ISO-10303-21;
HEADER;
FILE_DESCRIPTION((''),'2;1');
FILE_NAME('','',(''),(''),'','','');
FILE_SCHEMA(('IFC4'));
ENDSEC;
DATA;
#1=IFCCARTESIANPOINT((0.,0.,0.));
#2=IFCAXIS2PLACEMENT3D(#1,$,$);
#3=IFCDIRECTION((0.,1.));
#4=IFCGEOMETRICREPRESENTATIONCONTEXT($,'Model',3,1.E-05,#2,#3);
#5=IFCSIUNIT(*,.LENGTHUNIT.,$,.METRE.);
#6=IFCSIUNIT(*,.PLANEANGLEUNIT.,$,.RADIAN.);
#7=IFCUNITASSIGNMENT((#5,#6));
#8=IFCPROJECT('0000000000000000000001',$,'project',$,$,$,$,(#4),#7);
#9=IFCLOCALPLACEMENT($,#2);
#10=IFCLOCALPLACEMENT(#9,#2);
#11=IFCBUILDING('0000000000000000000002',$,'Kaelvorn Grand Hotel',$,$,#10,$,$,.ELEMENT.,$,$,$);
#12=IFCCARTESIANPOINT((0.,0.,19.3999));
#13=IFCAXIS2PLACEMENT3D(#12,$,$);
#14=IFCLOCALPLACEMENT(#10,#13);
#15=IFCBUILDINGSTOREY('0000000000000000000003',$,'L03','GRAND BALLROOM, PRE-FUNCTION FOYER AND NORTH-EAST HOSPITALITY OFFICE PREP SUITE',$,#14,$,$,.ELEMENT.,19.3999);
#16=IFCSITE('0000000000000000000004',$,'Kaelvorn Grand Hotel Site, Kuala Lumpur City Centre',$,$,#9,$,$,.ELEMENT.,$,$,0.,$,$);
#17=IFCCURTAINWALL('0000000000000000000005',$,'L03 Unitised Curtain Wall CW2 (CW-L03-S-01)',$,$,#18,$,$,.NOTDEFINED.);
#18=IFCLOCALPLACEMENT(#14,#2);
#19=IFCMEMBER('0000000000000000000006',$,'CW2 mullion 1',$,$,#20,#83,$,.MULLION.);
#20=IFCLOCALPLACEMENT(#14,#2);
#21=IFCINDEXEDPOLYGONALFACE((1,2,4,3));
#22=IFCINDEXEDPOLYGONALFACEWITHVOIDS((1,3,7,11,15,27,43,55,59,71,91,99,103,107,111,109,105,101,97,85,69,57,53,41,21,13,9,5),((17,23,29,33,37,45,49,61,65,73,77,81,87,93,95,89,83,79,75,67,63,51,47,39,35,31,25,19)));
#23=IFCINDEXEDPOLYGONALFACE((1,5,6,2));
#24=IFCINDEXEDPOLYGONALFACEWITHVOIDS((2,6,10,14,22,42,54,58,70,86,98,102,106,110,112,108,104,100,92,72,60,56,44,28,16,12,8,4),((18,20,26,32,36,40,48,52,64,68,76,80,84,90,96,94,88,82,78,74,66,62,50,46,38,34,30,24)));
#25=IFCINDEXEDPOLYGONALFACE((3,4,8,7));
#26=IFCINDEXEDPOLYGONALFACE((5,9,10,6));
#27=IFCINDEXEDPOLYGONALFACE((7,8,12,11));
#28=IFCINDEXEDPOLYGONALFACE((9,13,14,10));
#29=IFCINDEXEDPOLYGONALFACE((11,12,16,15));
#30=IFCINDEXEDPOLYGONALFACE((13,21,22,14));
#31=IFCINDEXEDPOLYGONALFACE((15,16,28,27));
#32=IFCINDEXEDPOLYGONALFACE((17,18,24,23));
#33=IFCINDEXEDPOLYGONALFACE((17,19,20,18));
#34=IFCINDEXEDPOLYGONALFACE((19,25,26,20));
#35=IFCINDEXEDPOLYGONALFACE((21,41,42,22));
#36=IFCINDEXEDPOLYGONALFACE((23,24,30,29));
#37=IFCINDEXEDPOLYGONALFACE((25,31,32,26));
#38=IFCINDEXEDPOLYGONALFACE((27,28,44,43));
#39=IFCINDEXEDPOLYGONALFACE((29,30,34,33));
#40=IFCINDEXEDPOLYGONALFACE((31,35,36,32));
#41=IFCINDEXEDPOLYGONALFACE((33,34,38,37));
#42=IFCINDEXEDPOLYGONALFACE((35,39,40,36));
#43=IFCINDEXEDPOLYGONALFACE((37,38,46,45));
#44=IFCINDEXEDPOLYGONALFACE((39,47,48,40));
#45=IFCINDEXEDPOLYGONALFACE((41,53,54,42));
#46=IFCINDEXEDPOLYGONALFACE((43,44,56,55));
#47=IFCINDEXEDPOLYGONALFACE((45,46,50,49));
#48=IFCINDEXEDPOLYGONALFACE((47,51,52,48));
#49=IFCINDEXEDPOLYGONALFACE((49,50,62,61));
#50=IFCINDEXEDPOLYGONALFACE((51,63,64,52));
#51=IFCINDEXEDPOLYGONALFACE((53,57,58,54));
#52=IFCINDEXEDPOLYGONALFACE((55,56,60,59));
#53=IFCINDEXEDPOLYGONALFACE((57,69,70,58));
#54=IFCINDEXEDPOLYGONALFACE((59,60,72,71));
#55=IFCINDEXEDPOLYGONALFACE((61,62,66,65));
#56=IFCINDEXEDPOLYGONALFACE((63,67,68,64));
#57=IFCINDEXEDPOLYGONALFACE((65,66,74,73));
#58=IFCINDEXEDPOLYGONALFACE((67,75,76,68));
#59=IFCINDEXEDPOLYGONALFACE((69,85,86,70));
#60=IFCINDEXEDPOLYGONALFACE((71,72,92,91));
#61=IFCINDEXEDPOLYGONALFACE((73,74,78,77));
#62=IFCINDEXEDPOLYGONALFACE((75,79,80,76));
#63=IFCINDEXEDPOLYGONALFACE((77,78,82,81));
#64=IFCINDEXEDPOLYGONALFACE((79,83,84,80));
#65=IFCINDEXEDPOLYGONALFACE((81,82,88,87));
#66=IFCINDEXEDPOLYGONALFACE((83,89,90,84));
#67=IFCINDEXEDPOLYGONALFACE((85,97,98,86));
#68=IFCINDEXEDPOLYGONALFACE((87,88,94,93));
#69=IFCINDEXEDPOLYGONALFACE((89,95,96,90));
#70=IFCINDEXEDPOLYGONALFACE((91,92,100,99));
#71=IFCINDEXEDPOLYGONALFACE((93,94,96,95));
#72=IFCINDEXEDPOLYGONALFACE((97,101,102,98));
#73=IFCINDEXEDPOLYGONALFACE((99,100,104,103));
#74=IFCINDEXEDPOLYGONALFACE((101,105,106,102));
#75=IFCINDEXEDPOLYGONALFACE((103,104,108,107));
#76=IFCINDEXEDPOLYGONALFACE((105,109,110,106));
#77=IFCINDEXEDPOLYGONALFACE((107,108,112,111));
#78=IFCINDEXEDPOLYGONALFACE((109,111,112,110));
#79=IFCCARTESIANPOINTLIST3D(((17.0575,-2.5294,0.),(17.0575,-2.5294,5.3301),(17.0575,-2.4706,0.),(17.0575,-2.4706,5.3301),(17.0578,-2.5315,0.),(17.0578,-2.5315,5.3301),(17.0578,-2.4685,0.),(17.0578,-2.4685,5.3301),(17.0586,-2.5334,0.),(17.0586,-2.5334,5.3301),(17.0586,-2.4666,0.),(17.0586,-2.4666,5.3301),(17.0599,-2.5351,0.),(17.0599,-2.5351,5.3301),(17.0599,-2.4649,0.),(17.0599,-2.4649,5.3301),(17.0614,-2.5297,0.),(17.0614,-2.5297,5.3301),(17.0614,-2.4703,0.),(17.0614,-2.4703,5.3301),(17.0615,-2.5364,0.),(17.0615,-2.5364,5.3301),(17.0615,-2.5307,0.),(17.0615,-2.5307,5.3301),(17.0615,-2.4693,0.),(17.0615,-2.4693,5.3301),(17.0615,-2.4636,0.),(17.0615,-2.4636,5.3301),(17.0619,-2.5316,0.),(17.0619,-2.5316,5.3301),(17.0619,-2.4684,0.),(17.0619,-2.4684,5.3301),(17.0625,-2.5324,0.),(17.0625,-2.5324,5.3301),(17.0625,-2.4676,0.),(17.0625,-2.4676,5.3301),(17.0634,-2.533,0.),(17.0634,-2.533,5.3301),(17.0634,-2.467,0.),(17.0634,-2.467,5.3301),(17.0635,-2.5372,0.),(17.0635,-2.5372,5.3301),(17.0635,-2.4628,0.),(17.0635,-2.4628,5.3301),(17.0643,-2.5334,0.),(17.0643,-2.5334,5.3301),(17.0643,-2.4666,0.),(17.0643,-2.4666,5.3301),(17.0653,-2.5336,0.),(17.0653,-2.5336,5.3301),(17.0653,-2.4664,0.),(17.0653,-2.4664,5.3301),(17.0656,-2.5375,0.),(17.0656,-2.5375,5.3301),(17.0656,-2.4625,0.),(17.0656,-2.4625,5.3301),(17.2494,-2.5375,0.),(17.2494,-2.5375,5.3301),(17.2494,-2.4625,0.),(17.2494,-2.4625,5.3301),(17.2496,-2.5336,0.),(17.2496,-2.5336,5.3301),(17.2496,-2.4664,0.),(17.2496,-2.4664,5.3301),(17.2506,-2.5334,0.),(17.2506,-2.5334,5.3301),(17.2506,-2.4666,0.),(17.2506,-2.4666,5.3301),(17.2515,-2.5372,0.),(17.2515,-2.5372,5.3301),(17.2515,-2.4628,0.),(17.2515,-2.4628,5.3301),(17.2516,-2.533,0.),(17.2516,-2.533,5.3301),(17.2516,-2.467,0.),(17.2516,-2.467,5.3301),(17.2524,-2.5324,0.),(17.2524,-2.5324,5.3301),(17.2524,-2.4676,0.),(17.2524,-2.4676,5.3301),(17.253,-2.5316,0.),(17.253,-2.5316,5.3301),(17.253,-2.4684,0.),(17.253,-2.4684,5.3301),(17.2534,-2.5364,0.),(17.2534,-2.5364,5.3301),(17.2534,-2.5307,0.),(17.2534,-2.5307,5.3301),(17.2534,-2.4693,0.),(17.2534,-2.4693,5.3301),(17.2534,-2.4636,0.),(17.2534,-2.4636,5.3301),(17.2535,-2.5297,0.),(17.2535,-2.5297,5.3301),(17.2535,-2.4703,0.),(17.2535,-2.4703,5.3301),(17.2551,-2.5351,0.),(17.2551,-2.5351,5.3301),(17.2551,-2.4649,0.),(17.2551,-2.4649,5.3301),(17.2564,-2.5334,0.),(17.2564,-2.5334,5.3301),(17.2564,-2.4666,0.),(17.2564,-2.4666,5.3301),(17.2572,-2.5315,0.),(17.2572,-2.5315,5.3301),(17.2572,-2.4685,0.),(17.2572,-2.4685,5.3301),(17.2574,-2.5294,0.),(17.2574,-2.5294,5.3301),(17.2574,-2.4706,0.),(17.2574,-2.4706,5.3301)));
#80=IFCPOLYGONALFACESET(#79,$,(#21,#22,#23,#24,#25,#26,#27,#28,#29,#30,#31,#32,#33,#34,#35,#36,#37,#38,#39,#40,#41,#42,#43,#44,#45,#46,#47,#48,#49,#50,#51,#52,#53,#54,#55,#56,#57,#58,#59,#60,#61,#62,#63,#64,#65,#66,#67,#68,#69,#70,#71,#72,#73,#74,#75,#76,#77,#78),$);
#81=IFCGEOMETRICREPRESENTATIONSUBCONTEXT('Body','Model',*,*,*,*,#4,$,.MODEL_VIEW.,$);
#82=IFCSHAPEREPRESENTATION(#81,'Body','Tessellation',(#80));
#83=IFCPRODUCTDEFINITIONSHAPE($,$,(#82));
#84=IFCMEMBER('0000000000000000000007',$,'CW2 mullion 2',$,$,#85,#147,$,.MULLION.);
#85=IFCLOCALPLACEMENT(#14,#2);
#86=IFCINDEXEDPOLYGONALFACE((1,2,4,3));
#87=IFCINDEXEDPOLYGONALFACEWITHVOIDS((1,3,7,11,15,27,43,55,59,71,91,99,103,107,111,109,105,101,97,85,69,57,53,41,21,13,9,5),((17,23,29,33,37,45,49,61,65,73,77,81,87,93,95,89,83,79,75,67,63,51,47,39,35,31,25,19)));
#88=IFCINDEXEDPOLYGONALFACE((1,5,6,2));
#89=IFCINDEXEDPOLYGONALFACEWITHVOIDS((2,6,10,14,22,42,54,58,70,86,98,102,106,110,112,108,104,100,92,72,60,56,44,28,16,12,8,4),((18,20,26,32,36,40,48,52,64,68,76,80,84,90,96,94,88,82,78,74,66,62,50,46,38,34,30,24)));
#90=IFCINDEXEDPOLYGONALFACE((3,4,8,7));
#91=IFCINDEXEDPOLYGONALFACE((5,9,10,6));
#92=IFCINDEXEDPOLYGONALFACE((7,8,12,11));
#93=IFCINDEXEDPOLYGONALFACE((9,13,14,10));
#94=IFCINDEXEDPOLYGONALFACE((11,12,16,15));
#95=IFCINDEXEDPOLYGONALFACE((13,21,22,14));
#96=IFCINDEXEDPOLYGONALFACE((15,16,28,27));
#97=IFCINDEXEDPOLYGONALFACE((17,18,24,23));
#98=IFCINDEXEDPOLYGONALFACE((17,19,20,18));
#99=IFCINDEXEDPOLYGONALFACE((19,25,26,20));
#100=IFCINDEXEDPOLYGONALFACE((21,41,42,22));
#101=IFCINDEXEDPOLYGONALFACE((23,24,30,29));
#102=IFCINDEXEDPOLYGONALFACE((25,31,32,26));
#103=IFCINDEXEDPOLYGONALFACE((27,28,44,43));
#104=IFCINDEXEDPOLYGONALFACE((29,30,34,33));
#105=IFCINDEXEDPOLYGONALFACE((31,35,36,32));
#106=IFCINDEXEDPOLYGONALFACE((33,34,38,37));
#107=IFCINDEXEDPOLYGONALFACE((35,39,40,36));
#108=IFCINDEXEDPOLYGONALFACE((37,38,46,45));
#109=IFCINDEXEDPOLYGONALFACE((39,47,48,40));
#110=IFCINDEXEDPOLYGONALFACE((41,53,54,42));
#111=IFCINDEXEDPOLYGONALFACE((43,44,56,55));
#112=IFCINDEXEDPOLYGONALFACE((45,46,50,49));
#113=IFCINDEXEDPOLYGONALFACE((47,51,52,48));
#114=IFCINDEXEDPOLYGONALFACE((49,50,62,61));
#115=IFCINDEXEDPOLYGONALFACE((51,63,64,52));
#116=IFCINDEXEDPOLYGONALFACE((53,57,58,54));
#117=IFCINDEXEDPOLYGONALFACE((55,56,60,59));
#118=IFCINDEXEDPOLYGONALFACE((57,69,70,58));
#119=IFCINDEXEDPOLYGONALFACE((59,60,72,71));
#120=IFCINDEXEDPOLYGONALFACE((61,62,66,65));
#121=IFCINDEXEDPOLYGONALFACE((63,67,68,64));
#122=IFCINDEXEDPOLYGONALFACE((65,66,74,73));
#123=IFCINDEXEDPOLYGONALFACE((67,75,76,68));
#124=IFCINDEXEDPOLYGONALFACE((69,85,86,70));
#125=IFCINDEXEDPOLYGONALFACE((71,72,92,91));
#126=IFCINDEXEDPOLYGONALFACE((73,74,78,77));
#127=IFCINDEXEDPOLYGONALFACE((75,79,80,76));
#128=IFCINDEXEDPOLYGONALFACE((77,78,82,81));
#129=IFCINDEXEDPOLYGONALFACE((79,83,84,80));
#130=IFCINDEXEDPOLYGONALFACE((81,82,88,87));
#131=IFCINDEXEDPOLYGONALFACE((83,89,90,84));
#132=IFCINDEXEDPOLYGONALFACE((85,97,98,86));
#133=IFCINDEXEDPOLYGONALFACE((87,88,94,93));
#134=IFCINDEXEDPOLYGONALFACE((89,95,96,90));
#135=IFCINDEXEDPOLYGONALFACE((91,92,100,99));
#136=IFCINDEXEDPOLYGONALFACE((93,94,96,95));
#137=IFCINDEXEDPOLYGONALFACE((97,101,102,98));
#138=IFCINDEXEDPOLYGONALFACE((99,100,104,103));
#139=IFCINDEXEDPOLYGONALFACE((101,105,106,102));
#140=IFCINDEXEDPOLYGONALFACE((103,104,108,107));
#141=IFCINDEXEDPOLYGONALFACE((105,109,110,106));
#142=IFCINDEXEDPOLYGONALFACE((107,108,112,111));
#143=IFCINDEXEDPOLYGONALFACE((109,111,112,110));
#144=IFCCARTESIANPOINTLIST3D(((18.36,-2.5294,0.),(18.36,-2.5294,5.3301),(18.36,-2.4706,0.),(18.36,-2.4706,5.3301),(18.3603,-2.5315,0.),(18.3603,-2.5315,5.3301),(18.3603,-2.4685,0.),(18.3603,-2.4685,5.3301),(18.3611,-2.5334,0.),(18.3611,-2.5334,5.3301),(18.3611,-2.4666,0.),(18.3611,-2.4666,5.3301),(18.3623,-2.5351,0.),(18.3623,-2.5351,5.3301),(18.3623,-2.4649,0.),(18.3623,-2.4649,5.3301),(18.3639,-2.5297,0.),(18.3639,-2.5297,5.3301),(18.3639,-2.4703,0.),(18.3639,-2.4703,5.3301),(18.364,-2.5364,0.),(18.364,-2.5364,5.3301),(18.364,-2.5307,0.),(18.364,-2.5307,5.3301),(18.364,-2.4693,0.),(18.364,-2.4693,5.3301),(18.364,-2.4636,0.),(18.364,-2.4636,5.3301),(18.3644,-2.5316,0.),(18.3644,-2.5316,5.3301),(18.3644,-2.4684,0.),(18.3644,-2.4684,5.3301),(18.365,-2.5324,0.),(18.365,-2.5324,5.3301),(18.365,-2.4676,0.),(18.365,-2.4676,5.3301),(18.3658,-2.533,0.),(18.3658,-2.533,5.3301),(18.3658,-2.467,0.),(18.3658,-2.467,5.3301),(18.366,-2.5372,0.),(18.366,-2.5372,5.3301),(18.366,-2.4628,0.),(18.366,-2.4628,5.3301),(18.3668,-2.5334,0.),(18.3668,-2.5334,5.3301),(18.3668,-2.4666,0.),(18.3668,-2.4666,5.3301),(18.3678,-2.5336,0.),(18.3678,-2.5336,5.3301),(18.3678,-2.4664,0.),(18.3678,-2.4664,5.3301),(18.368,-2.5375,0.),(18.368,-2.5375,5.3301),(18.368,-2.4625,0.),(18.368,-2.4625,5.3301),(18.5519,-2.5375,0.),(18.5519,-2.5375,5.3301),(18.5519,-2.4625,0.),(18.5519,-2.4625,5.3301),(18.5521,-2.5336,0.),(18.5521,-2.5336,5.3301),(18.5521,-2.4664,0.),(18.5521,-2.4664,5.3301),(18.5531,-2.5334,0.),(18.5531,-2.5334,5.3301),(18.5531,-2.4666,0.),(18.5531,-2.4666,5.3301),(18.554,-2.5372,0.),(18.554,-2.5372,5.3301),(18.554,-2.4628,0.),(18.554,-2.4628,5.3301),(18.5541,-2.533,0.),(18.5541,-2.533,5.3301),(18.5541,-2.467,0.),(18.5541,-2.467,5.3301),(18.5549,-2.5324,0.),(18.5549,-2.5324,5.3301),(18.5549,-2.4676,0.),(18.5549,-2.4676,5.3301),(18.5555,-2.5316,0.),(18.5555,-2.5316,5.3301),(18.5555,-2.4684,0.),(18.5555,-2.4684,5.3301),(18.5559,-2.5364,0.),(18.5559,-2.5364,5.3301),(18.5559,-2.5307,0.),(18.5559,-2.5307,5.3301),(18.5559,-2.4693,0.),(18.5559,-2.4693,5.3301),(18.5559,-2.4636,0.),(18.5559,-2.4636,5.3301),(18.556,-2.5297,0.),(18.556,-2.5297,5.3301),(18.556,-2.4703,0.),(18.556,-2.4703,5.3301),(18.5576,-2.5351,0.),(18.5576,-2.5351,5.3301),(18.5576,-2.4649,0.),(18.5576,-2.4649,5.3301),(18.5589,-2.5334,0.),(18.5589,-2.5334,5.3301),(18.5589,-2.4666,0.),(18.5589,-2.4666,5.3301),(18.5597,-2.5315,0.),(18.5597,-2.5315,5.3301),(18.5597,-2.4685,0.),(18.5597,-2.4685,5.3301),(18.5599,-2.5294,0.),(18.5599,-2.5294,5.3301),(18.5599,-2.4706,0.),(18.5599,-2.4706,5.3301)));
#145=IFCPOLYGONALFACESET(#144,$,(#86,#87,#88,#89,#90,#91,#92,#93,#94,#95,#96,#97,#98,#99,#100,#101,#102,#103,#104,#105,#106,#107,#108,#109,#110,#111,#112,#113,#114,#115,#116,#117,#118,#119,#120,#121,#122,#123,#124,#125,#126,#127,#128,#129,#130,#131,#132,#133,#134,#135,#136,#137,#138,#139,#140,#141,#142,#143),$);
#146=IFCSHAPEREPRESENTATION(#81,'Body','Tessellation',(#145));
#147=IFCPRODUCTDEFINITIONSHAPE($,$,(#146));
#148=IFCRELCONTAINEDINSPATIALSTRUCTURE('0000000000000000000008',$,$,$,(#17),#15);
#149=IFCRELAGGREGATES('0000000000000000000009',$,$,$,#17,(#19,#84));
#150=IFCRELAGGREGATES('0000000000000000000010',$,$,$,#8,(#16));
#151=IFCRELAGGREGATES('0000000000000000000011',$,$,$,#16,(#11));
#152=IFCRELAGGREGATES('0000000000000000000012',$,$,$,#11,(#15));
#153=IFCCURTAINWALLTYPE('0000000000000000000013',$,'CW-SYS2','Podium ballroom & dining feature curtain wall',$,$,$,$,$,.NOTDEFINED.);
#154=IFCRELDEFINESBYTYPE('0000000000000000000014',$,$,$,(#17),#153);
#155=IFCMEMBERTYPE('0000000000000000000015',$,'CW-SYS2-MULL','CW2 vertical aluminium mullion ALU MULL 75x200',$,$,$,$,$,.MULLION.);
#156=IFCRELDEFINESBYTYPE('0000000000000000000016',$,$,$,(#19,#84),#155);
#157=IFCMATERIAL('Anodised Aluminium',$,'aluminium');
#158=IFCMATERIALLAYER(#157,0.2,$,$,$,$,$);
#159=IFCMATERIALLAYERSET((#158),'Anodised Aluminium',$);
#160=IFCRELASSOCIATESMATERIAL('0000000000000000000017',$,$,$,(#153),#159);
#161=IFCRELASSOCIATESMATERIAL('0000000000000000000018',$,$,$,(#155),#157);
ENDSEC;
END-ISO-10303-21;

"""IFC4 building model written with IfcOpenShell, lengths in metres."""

from ifc_helpers import new_model, si_unit, direction, frame, origin, origin_2d, place, context, subcontext, project, spatial, hollow_rectangle, extrude, material, layer, layer_set, material_profile, profile_set, type_object, element, aggregate, save


model = new_model("IFC4")

# Units and contexts
model_context = context("Model", 3, precision=1e-05, world=origin(), true_north=direction((0.0, 1.0)))
body_context = subcontext(model_context, "Body", "Model", "MODEL_VIEW")
ifc_project = project(units=[si_unit("LENGTHUNIT", "METRE"), si_unit("PLANEANGLEUNIT", "RADIAN")], contexts=[model_context])

# Site, building, storey
site_placement = place(None, origin())
site = spatial("IfcSite", under=ifc_project, at=site_placement, Name="Kaelvorn Grand Hotel Site, Kuala Lumpur City Centre", CompositionType="ELEMENT", RefElevation=0.0)
building_placement = place(site_placement, origin())
building = spatial("IfcBuilding", under=site, at=building_placement, Name="Kaelvorn Grand Hotel", CompositionType="ELEMENT")
storey_placement = place(building_placement, frame((0.0, 0.0, 19.3999)))
storey = spatial("IfcBuildingStorey", under=building, at=storey_placement, Name="L03", Description="GRAND BALLROOM, PRE-FUNCTION FOYER AND NORTH-EAST HOSPITALITY OFFICE PREP SUITE", CompositionType="ELEMENT", Elevation=19.3999)

# Curtain wall, members
ifc_material_1 = material(Name="Anodised Aluminium", Category="aluminium")
ifc_layer_1 = layer(ifc_material_1, 0.2)
ifc_layer_set_1 = layer_set([ifc_layer_1], Name="Anodised Aluminium")
curtain_wall_type = type_object("IfcCurtainWallType", Name="CW-SYS2", Description="Podium ballroom & dining feature curtain wall", PredefinedType="NOTDEFINED", material=ifc_layer_set_1)
curtain_wall_placement = place(storey_placement, origin())
curtain_wall = element("IfcCurtainWall", 1, at=curtain_wall_placement, inside=storey, type_object=curtain_wall_type, Name="L03 Unitised Curtain Wall CW2 (CW-L03-S-01)", PredefinedType="NOTDEFINED")
ifc_material_profile_1 = material_profile(ifc_material_1, hollow_rectangle(XDim=0.075, YDim=0.2, WallThickness=0.0039, InnerFilletRadius=0.0039, OuterFilletRadius=0.0081, at=origin_2d()), Name="ALU MULL 75x200")
ifc_profile_set_1 = profile_set([ifc_material_profile_1], Name="Anodised Aluminium")
member_type_1 = type_object("IfcMemberType", Name="CW-SYS2-MULL", Description="CW2 vertical aluminium mullion ALU MULL 75x200", PredefinedType="MULLION", material=ifc_profile_set_1)
member_1_placement = place(storey_placement, frame((17.1575, -2.5, 0.0), z_axis=(0.0, 0.0, 1.0), x_axis=(0.0, 1.0, 0.0)))
member_1 = element("IfcMember", 2, at=member_1_placement, type_object=member_type_1, Name="CW2 mullion 1", PredefinedType="MULLION", context=body_context, shape_type="SweptSolid", body=[
    extrude(hollow_rectangle(XDim=0.075, YDim=0.2, WallThickness=0.0039, InnerFilletRadius=0.0039, OuterFilletRadius=0.0081, at=origin_2d()), origin(), (0.0, 0.0, 1.0), 5.3301),
])
member_2_placement = place(storey_placement, frame((18.46, -2.5, 0.0), z_axis=(0.0, 0.0, 1.0), x_axis=(0.0, 1.0, 0.0)))
member_2 = element("IfcMember", 3, at=member_2_placement, type_object=member_type_1, Name="CW2 mullion 2", PredefinedType="MULLION", context=body_context, shape_type="SweptSolid", body=[
    extrude(hollow_rectangle(XDim=0.075, YDim=0.2, WallThickness=0.0039, InnerFilletRadius=0.0039, OuterFilletRadius=0.0081, at=origin_2d()), origin(), (0.0, 0.0, 1.0), 5.3301),
])
aggregate(curtain_wall, [member_1, member_2])

save(model, "model.ifc")
